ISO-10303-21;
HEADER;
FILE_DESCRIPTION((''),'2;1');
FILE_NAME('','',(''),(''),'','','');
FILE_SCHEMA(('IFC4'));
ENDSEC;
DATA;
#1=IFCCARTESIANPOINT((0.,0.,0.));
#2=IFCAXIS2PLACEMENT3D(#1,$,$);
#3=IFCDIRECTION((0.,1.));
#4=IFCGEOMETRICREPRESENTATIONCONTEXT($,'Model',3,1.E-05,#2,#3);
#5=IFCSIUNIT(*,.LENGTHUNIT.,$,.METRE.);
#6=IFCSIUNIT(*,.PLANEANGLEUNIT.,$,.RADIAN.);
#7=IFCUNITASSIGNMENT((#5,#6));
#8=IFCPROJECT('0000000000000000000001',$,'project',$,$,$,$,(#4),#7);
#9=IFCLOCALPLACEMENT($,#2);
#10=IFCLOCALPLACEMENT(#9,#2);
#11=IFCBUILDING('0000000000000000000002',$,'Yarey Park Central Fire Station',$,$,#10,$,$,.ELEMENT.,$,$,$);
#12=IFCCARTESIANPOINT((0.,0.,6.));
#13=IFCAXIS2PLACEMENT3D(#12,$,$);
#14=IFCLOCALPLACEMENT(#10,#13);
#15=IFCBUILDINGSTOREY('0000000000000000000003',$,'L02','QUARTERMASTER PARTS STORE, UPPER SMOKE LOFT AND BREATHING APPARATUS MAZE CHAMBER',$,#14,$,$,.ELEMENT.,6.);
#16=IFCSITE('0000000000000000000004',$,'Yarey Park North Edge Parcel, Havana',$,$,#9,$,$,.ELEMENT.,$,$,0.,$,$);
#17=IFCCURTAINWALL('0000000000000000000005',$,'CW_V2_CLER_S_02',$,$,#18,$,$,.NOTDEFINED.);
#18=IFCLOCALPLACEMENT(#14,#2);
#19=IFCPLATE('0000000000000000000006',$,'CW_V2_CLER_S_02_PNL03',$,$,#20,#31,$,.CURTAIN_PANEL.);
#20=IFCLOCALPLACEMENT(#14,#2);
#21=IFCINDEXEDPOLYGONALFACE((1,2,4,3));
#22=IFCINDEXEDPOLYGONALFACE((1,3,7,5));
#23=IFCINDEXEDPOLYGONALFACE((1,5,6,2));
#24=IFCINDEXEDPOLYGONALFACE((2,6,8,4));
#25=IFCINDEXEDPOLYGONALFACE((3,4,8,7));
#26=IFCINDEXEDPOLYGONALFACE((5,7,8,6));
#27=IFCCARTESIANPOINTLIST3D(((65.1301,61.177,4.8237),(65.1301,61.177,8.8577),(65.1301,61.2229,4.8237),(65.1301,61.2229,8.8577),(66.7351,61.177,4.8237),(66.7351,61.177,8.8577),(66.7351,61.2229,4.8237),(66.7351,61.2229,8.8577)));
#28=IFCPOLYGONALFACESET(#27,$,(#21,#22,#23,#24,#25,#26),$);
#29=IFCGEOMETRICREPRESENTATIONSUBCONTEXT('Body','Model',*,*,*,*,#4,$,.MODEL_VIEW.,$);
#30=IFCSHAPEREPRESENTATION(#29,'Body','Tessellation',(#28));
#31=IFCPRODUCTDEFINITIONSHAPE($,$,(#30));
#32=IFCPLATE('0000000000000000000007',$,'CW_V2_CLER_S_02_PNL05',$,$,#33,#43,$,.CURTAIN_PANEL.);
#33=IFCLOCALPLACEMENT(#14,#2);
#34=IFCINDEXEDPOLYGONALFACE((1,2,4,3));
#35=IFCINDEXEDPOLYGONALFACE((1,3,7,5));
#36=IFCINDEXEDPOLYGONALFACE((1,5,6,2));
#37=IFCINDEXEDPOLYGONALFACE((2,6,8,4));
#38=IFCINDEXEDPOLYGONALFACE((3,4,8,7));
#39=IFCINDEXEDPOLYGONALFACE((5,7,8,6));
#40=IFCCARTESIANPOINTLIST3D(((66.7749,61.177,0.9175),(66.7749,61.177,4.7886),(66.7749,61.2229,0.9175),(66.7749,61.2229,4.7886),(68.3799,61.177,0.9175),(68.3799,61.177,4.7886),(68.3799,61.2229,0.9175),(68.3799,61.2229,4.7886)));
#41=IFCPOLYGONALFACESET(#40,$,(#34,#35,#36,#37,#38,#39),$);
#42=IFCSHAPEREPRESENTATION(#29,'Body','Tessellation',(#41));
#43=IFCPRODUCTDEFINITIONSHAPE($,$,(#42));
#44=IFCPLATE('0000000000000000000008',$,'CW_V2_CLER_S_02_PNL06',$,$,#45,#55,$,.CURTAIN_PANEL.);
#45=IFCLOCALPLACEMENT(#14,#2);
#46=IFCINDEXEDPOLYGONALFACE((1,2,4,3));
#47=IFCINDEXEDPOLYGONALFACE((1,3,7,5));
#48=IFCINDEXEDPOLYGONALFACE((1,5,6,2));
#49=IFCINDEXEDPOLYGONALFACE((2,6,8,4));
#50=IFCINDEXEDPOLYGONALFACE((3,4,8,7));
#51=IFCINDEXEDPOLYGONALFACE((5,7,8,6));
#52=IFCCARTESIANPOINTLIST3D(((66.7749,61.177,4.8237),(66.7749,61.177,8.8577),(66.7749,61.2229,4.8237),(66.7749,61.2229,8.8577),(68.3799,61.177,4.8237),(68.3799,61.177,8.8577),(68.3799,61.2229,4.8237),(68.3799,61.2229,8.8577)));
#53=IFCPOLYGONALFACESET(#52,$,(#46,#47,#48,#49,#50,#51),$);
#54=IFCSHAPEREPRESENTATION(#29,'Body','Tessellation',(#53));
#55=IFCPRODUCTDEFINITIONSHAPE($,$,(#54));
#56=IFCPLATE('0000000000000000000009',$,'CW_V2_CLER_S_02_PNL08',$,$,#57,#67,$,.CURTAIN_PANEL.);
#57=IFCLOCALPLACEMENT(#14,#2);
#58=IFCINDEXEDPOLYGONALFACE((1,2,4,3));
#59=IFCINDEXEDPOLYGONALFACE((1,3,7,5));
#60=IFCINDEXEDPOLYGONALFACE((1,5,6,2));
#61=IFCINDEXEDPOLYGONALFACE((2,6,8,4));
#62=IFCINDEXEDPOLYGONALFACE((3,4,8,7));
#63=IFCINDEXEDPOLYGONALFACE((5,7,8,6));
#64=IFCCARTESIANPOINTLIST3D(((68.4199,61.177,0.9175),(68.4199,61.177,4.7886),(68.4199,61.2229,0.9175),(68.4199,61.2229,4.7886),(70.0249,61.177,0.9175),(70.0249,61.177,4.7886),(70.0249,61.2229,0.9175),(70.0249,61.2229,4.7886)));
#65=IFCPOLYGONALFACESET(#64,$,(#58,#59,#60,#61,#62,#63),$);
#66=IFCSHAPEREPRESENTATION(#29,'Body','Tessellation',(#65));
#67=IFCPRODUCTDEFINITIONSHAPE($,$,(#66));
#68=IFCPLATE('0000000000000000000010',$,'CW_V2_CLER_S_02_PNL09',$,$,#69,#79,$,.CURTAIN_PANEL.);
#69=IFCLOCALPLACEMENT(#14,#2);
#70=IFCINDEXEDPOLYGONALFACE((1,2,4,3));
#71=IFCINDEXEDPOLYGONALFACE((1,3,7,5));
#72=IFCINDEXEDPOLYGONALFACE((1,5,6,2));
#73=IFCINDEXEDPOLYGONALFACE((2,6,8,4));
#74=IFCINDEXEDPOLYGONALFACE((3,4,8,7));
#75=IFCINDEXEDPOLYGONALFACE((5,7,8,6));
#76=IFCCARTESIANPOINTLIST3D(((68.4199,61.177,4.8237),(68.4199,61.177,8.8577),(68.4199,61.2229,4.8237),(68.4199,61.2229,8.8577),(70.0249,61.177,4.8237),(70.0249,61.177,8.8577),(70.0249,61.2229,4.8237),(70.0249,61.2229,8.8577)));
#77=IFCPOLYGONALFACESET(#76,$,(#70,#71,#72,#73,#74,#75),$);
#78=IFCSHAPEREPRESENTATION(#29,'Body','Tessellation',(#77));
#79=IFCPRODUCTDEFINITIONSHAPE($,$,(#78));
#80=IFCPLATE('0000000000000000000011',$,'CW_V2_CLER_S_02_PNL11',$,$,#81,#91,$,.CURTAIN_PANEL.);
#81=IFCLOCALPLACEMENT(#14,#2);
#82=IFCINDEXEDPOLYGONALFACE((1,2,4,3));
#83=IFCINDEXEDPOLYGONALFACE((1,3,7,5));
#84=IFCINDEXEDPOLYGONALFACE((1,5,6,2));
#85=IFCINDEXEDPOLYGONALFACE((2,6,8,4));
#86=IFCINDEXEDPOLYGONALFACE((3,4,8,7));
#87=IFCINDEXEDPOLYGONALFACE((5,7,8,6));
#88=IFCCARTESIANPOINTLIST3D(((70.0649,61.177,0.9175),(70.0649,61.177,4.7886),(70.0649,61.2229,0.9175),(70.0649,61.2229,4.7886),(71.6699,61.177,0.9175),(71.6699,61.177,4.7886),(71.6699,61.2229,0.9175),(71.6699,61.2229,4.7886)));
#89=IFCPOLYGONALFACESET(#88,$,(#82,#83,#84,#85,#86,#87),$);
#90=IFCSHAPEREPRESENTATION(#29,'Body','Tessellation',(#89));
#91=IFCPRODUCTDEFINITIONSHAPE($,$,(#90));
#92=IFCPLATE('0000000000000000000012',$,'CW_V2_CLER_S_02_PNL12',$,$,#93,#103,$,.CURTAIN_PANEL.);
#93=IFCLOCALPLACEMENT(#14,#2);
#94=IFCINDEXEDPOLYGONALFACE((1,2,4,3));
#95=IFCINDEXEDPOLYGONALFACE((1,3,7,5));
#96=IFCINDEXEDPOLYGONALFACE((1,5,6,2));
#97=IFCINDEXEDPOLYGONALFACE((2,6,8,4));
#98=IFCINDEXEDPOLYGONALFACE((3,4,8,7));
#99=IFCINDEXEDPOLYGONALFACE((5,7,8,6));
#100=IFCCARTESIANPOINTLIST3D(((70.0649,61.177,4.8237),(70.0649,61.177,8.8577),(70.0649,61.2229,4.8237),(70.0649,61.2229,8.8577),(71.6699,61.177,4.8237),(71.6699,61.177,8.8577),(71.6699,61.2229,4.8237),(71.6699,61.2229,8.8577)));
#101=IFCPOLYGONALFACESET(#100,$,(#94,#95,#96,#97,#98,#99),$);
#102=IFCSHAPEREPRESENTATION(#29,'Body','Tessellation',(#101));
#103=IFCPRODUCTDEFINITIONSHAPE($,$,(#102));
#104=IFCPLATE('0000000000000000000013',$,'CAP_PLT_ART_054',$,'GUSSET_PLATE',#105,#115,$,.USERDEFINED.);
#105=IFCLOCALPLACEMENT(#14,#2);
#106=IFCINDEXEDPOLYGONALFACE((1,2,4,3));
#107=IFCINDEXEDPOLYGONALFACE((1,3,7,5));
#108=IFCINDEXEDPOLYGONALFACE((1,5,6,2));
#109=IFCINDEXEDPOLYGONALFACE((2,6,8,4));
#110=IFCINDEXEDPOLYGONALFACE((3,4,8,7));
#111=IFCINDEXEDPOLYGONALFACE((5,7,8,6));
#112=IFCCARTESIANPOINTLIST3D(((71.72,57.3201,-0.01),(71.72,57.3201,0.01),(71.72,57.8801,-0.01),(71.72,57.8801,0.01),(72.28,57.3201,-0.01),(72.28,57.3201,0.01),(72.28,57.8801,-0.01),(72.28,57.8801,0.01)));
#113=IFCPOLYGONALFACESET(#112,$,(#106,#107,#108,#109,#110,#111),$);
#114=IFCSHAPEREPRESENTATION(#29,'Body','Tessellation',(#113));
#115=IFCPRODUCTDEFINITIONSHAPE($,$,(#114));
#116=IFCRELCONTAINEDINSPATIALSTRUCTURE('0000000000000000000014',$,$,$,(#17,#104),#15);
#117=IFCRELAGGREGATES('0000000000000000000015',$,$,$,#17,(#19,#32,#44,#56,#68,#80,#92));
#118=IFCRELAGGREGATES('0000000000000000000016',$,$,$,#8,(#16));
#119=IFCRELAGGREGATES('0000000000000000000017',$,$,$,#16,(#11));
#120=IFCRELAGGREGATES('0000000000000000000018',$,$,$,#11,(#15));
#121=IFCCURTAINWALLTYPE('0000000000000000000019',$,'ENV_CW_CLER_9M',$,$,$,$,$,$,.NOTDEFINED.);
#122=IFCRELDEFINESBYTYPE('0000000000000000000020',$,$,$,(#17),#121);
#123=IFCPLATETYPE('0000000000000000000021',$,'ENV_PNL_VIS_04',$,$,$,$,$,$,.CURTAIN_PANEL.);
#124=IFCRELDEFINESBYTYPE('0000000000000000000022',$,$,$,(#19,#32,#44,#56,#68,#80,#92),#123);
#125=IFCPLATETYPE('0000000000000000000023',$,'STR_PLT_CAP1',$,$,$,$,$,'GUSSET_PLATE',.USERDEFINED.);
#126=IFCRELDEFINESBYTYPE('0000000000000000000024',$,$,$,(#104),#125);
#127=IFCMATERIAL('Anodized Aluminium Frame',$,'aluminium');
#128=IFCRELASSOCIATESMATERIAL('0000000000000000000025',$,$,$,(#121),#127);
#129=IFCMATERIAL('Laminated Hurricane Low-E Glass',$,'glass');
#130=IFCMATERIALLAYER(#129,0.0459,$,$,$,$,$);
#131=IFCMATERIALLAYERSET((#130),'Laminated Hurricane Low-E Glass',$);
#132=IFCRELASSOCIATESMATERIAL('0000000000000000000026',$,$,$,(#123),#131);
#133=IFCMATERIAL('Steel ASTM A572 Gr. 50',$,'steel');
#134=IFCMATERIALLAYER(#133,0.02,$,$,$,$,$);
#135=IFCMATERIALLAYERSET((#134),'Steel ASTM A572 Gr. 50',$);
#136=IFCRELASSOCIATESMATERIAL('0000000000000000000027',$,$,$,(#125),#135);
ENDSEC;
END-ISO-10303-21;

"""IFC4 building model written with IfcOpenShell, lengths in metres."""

from ifc_helpers import new_model, si_unit, direction, frame, origin, origin_2d, place, context, subcontext, project, spatial, rectangle, extrude, material, layer, layer_set, type_object, element, aggregate, save


model = new_model("IFC4")

# Units and contexts
model_context = context("Model", 3, precision=1e-05, world=origin(), true_north=direction((0.0, 1.0)))
body_context = subcontext(model_context, "Body", "Model", "MODEL_VIEW")
ifc_project = project(units=[si_unit("LENGTHUNIT", "METRE"), si_unit("PLANEANGLEUNIT", "RADIAN")], contexts=[model_context])

# Site, building, storey
site_placement = place(None, origin())
site = spatial("IfcSite", under=ifc_project, at=site_placement, Name="Yarey Park North Edge Parcel, Havana", CompositionType="ELEMENT", RefElevation=0.0)
building_placement = place(site_placement, origin())
building = spatial("IfcBuilding", under=site, at=building_placement, Name="Yarey Park Central Fire Station", CompositionType="ELEMENT")
storey_placement = place(building_placement, frame((0.0, 0.0, 6.0)))
storey = spatial("IfcBuildingStorey", under=building, at=storey_placement, Name="L02", Description="QUARTERMASTER PARTS STORE, UPPER SMOKE LOFT AND BREATHING APPARATUS MAZE CHAMBER", CompositionType="ELEMENT", Elevation=6.0)

# Curtain wall
ifc_material_1 = material(Name="Anodized Aluminium Frame", Category="aluminium")
curtain_wall_type = type_object("IfcCurtainWallType", Name="ENV_CW_CLER_9M", PredefinedType="NOTDEFINED", material=ifc_material_1)
curtain_wall_1_placement = place(storey_placement, origin())
curtain_wall_1 = element("IfcCurtainWall", 1, at=curtain_wall_1_placement, inside=storey, type_object=curtain_wall_type, Name="CW_V2_CLER_S_02", PredefinedType="NOTDEFINED")

# Plates
ifc_material_2 = material(Name="Laminated Hurricane Low-E Glass", Category="glass")
ifc_layer_1 = layer(ifc_material_2, 0.0459)
ifc_layer_set_1 = layer_set([ifc_layer_1], Name="Laminated Hurricane Low-E Glass")
plate_type_1 = type_object("IfcPlateType", Name="ENV_PNL_VIS_04", PredefinedType="CURTAIN_PANEL", material=ifc_layer_set_1)
plate_1_placement = place(storey_placement, frame((65.9326, 61.2, 4.8237), z_axis=(0.0, 0.0, 1.0), x_axis=(1.0, 0.0, 0.0)))
plate_1 = element("IfcPlate", 2, at=plate_1_placement, type_object=plate_type_1, Name="CW_V2_CLER_S_02_PNL03", PredefinedType="CURTAIN_PANEL", context=body_context, shape_type="SweptSolid", body=[
    extrude(rectangle(XDim=1.605, YDim=0.0459, at=origin_2d()), origin(), (0.0, 0.0, 1.0), 4.0339),
])
plate_2_placement = place(storey_placement, frame((67.5774, 61.2, 0.9175), z_axis=(0.0, 0.0, 1.0), x_axis=(1.0, 0.0, 0.0)))
plate_2 = element("IfcPlate", 3, at=plate_2_placement, type_object=plate_type_1, Name="CW_V2_CLER_S_02_PNL05", PredefinedType="CURTAIN_PANEL", context=body_context, shape_type="SweptSolid", body=[
    extrude(rectangle(XDim=1.605, YDim=0.0459, at=origin_2d()), origin(), (0.0, 0.0, 1.0), 3.8711),
])
plate_3_placement = place(storey_placement, frame((67.5774, 61.2, 4.8237), z_axis=(0.0, 0.0, 1.0), x_axis=(1.0, 0.0, 0.0)))
plate_3 = element("IfcPlate", 4, at=plate_3_placement, type_object=plate_type_1, Name="CW_V2_CLER_S_02_PNL06", PredefinedType="CURTAIN_PANEL", context=body_context, shape_type="SweptSolid", body=[
    extrude(rectangle(XDim=1.605, YDim=0.0459, at=origin_2d()), origin(), (0.0, 0.0, 1.0), 4.0339),
])
plate_4_placement = place(storey_placement, frame((69.2224, 61.2, 0.9175), z_axis=(0.0, 0.0, 1.0), x_axis=(1.0, 0.0, 0.0)))
plate_4 = element("IfcPlate", 5, at=plate_4_placement, type_object=plate_type_1, Name="CW_V2_CLER_S_02_PNL08", PredefinedType="CURTAIN_PANEL", context=body_context, shape_type="SweptSolid", body=[
    extrude(rectangle(XDim=1.605, YDim=0.0459, at=origin_2d()), origin(), (0.0, 0.0, 1.0), 3.8711),
])
plate_5_placement = place(storey_placement, frame((69.2224, 61.2, 4.8237), z_axis=(0.0, 0.0, 1.0), x_axis=(1.0, 0.0, 0.0)))
plate_5 = element("IfcPlate", 6, at=plate_5_placement, type_object=plate_type_1, Name="CW_V2_CLER_S_02_PNL09", PredefinedType="CURTAIN_PANEL", context=body_context, shape_type="SweptSolid", body=[
    extrude(rectangle(XDim=1.605, YDim=0.0459, at=origin_2d()), origin(), (0.0, 0.0, 1.0), 4.0339),
])
plate_6_placement = place(storey_placement, frame((70.8674, 61.2, 0.9175), z_axis=(0.0, 0.0, 1.0), x_axis=(1.0, 0.0, 0.0)))
plate_6 = element("IfcPlate", 7, at=plate_6_placement, type_object=plate_type_1, Name="CW_V2_CLER_S_02_PNL11", PredefinedType="CURTAIN_PANEL", context=body_context, shape_type="SweptSolid", body=[
    extrude(rectangle(XDim=1.605, YDim=0.0459, at=origin_2d()), origin(), (0.0, 0.0, 1.0), 3.8711),
])
plate_7_placement = place(storey_placement, frame((70.8674, 61.2, 4.8237), z_axis=(0.0, 0.0, 1.0), x_axis=(1.0, 0.0, 0.0)))
plate_7 = element("IfcPlate", 8, at=plate_7_placement, type_object=plate_type_1, Name="CW_V2_CLER_S_02_PNL12", PredefinedType="CURTAIN_PANEL", context=body_context, shape_type="SweptSolid", body=[
    extrude(rectangle(XDim=1.605, YDim=0.0459, at=origin_2d()), origin(), (0.0, 0.0, 1.0), 4.0339),
])
aggregate(curtain_wall_1, [plate_1, plate_2, plate_3, plate_4, plate_5, plate_6, plate_7])
ifc_material_3 = material(Name="Steel ASTM A572 Gr. 50", Category="steel")
ifc_layer_2 = layer(ifc_material_3, 0.02)
ifc_layer_set_2 = layer_set([ifc_layer_2], Name="Steel ASTM A572 Gr. 50")
plate_type_2 = type_object("IfcPlateType", Name="STR_PLT_CAP1", ElementType="GUSSET_PLATE", PredefinedType="USERDEFINED", material=ifc_layer_set_2)
plate_8_placement = place(storey_placement, frame((72.0, 57.6001, -0.01), z_axis=(0.0, 0.0, 1.0), x_axis=(1.0, 0.0, 0.0)))
element("IfcPlate", 9, at=plate_8_placement, inside=storey, type_object=plate_type_2, Name="CAP_PLT_ART_054", ObjectType="GUSSET_PLATE", PredefinedType="USERDEFINED", context=body_context, shape_type="SweptSolid", body=[
    extrude(rectangle(XDim=0.5601, YDim=0.5601, at=origin_2d()), origin(), (0.0, 0.0, 1.0), 0.02),
])

save(model, "model.ifc")
